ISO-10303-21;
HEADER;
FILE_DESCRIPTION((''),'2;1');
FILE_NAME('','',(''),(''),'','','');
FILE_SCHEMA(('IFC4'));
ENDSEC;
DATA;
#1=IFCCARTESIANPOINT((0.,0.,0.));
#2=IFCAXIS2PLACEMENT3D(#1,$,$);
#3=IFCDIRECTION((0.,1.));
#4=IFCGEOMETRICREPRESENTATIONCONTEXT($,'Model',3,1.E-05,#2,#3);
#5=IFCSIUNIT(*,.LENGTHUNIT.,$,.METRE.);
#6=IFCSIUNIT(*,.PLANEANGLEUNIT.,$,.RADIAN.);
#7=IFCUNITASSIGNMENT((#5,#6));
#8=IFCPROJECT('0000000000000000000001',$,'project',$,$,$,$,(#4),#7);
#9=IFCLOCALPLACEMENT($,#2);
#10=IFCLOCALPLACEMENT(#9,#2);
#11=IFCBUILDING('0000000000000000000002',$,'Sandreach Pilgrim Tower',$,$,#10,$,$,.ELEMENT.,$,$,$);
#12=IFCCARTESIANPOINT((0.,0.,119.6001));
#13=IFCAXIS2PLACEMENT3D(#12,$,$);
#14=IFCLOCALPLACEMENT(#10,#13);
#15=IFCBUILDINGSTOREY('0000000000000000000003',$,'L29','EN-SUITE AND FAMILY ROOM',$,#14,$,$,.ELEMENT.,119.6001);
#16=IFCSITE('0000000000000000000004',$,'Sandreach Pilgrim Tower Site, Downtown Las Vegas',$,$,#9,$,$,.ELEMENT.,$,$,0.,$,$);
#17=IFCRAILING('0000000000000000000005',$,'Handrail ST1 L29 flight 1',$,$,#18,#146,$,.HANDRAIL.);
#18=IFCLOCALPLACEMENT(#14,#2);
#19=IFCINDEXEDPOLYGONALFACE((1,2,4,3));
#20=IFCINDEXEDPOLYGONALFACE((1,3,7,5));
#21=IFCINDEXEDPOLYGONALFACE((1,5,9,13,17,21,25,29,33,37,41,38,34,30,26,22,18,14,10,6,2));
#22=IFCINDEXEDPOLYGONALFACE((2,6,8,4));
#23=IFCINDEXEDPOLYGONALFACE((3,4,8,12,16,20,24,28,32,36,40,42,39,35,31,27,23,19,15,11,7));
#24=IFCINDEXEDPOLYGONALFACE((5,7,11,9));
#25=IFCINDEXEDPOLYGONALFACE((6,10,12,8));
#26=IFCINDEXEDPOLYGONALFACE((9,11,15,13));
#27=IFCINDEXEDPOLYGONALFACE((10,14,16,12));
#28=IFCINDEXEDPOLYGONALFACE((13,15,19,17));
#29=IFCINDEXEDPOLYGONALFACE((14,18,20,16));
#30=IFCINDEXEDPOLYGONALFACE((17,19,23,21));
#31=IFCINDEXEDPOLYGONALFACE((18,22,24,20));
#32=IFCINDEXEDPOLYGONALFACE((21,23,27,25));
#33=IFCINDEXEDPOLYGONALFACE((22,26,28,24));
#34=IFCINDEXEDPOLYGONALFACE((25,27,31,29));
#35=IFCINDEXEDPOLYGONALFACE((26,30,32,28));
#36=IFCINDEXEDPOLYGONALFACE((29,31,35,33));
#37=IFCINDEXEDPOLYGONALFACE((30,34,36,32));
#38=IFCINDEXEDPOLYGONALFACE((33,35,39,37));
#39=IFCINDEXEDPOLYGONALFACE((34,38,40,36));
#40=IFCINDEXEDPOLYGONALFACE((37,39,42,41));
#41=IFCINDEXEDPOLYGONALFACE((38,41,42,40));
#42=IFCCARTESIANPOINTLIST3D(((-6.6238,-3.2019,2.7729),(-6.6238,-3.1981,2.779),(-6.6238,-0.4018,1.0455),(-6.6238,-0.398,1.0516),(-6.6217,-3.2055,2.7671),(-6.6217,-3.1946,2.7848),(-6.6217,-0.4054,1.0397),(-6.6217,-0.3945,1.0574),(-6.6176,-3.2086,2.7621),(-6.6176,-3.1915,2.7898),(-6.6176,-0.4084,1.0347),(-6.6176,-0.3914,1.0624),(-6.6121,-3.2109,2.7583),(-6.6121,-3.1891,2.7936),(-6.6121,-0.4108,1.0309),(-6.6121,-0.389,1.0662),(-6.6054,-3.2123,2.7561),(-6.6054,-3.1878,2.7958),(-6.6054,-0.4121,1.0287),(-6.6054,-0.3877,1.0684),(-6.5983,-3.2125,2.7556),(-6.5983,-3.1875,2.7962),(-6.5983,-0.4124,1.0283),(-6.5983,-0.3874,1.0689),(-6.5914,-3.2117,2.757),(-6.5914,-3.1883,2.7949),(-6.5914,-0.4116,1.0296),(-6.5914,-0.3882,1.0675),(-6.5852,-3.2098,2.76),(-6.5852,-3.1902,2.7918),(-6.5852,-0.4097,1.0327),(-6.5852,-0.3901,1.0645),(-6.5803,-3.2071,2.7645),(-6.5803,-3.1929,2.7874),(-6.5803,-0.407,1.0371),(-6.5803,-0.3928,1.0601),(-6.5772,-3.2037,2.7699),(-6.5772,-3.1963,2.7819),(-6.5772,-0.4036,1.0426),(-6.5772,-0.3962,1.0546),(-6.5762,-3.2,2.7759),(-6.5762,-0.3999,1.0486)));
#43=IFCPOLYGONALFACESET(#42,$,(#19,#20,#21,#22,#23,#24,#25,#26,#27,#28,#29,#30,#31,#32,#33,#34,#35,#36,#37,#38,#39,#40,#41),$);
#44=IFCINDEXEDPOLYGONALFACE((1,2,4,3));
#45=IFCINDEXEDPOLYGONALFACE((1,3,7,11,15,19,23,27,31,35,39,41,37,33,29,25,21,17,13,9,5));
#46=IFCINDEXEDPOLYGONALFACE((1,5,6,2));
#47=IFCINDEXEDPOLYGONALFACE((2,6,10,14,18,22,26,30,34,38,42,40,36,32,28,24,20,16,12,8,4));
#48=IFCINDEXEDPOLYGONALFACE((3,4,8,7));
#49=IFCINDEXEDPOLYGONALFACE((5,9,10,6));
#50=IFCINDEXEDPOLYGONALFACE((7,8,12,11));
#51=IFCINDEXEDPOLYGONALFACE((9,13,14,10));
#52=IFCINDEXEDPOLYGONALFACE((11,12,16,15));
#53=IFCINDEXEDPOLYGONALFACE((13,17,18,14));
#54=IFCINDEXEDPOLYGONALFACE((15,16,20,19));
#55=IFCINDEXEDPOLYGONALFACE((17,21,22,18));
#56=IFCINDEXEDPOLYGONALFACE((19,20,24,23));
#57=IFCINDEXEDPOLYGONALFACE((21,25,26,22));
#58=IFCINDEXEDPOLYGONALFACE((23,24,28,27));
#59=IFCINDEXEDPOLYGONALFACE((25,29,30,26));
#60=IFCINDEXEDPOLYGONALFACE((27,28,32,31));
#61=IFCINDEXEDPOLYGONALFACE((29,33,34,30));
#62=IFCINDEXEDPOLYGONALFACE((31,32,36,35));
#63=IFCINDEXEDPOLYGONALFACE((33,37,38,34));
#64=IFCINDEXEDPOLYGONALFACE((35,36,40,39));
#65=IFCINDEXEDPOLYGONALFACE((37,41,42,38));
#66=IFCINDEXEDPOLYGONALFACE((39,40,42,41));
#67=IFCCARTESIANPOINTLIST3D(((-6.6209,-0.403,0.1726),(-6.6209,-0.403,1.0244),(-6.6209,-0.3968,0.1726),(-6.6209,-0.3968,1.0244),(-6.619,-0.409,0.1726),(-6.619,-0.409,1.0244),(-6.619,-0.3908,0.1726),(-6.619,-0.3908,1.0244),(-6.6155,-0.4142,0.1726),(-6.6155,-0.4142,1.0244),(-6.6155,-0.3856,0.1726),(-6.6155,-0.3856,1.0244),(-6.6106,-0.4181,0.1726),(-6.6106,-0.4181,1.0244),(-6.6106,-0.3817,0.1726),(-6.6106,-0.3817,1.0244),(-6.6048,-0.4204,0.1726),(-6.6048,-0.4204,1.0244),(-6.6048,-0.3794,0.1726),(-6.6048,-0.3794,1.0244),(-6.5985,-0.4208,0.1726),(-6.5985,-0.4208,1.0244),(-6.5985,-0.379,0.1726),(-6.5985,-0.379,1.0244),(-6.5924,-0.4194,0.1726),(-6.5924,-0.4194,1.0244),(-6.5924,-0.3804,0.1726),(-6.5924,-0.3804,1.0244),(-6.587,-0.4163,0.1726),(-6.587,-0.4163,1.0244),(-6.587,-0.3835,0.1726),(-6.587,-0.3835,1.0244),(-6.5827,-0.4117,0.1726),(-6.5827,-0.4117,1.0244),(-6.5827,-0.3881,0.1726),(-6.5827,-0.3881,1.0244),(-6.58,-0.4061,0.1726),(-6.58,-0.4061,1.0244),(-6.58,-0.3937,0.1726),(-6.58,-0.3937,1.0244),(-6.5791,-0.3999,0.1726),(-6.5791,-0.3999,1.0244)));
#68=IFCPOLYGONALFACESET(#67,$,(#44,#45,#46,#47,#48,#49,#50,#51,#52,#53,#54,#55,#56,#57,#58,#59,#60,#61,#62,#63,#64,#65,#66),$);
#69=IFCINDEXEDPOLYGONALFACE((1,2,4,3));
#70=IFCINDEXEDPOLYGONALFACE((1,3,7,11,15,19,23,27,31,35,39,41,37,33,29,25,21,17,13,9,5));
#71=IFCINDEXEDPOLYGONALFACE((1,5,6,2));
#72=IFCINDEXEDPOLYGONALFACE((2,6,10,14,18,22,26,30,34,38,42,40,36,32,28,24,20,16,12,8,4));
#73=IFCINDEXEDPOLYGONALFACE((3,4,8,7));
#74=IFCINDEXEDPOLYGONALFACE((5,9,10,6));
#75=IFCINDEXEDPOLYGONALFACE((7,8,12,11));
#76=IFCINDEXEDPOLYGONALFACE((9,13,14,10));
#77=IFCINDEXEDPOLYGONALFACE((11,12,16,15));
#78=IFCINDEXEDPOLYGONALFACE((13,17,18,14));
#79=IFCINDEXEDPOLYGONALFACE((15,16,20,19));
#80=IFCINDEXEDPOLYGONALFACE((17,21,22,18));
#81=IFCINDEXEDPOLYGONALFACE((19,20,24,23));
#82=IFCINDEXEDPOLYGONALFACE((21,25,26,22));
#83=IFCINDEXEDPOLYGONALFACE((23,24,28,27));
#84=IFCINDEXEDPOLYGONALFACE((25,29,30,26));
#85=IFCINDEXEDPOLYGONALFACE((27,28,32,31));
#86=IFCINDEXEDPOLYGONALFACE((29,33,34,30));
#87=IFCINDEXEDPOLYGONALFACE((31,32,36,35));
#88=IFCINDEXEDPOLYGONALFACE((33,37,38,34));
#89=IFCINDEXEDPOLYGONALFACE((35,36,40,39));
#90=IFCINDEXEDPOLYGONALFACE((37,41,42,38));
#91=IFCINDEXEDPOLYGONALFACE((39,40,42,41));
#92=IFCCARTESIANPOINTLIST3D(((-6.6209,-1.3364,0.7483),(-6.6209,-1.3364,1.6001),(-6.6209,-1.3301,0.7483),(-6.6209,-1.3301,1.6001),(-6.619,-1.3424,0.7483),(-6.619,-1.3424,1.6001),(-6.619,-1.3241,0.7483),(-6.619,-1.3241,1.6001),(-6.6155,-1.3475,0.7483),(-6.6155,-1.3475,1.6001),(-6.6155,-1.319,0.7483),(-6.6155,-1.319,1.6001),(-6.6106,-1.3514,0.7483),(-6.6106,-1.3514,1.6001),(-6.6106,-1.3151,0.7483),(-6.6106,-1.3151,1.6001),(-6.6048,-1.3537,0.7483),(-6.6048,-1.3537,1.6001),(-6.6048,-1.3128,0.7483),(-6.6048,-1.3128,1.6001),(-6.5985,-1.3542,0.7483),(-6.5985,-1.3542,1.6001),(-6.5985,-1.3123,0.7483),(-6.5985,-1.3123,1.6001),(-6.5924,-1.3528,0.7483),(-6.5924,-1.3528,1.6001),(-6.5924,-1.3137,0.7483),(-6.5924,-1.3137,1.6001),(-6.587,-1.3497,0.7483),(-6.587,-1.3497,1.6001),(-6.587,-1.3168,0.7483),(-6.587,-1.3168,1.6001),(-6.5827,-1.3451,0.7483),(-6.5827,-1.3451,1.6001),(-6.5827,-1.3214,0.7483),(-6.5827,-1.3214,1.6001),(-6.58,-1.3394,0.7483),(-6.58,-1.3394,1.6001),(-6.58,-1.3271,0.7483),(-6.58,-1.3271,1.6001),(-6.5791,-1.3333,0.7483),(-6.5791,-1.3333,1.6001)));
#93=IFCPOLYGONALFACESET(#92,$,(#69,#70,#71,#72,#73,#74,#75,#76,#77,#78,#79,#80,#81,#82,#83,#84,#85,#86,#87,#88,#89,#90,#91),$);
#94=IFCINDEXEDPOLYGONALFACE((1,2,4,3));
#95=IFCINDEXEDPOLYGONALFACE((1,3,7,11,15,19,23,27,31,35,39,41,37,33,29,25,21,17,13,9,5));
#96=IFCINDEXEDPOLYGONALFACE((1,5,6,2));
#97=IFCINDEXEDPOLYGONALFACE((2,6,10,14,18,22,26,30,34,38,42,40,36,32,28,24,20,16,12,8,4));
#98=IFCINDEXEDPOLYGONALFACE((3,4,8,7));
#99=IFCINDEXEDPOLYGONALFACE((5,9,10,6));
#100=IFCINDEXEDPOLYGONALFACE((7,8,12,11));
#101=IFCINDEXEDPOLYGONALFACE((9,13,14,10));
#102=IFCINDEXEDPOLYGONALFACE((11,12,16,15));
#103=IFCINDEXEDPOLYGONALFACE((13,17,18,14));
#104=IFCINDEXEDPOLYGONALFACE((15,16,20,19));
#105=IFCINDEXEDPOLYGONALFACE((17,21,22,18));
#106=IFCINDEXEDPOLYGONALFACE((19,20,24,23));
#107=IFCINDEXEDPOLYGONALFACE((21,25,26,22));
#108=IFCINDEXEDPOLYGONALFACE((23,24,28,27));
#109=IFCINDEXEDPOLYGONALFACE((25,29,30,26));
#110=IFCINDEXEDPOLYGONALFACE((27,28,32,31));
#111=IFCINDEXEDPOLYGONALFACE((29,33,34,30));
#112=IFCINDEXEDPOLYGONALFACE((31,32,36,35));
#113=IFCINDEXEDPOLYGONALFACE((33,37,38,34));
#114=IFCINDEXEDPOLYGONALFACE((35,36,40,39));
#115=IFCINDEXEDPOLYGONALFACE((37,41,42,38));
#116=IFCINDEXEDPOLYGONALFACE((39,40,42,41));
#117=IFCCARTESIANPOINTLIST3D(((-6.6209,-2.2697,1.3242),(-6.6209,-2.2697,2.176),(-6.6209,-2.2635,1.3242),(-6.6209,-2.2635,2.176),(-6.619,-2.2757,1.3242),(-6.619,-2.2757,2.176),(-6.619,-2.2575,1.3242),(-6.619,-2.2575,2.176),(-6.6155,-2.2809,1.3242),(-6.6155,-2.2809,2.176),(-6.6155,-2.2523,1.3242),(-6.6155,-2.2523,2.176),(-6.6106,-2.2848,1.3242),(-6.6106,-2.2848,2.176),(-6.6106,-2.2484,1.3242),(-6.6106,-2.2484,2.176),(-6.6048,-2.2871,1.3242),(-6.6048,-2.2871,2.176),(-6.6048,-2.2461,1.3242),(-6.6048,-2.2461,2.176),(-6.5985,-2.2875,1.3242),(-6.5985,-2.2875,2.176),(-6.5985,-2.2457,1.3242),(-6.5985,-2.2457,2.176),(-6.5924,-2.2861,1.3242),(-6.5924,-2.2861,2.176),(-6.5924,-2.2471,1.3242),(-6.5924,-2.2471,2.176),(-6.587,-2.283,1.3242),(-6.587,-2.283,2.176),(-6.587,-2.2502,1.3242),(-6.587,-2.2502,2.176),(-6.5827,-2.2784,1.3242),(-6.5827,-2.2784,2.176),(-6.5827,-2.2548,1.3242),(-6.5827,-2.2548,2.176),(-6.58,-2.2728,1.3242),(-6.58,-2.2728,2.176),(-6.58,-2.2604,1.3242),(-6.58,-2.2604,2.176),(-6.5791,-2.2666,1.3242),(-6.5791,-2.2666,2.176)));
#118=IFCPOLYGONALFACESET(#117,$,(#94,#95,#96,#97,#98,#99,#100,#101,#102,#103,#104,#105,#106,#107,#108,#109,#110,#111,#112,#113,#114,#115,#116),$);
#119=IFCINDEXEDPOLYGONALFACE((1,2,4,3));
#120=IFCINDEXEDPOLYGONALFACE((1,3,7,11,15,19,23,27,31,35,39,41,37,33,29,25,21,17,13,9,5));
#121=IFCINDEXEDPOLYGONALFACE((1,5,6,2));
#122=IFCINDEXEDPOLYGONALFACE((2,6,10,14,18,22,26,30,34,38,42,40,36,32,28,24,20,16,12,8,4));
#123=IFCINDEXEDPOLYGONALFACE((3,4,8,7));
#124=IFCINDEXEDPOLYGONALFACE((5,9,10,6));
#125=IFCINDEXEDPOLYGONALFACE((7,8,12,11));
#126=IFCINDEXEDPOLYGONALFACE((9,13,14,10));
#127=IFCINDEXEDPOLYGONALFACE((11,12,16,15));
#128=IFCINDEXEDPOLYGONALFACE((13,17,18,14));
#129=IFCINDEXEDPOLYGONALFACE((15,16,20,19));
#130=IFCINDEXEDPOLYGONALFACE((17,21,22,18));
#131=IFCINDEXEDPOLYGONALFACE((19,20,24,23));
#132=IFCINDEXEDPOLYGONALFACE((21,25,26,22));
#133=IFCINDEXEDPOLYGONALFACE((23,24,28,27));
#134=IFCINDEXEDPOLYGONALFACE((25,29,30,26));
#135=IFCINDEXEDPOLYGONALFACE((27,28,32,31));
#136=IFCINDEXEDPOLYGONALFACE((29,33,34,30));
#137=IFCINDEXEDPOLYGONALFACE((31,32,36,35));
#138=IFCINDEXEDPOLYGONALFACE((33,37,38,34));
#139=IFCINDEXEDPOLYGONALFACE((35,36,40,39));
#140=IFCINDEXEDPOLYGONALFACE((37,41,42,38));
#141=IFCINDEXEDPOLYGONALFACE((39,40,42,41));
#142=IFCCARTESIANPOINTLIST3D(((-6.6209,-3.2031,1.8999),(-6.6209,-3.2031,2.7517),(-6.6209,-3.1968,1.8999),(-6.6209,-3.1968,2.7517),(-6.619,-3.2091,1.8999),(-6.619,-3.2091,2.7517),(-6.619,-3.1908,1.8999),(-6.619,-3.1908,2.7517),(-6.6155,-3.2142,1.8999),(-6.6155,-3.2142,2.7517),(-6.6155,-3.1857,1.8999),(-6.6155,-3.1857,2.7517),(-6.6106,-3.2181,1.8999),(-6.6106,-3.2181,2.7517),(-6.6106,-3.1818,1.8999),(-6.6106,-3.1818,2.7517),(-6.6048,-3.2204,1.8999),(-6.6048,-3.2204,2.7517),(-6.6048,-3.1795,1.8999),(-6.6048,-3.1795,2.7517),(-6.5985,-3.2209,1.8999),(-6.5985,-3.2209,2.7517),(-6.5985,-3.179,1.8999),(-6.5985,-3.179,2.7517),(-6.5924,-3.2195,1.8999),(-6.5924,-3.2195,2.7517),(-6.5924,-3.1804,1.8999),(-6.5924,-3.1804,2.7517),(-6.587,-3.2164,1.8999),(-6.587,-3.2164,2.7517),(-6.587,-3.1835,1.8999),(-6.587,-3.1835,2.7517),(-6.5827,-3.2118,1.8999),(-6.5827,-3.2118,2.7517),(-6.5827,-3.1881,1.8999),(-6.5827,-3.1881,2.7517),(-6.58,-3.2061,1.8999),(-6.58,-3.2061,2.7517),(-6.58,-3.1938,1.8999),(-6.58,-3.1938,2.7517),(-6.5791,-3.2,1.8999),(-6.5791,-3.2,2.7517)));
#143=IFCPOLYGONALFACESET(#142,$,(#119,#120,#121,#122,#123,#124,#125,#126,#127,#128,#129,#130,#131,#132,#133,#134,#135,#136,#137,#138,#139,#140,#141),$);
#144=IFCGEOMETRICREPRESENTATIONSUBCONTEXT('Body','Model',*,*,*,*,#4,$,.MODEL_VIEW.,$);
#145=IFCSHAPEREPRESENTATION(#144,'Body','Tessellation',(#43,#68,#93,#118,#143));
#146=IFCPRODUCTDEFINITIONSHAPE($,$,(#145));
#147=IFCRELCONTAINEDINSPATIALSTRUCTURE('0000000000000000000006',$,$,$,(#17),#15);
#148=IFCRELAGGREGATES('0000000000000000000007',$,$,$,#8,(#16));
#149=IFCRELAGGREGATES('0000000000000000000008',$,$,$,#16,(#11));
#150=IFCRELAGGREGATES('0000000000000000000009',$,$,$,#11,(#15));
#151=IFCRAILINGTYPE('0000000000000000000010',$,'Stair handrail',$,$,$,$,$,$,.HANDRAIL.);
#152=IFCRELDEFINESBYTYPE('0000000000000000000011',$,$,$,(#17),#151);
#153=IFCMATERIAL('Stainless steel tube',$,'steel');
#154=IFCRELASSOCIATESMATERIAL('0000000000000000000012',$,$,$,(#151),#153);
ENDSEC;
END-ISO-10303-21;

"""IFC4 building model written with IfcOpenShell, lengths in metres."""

from ifc_helpers import new_model, si_unit, direction, frame, origin, origin_2d, place, context, subcontext, project, spatial, circle, extrude, material, type_object, element, save


model = new_model("IFC4")

# Units and contexts
model_context = context("Model", 3, precision=1e-05, world=origin(), true_north=direction((0.0, 1.0)))
body_context = subcontext(model_context, "Body", "Model", "MODEL_VIEW")
ifc_project = project(units=[si_unit("LENGTHUNIT", "METRE"), si_unit("PLANEANGLEUNIT", "RADIAN")], contexts=[model_context])

# Site, building, storey
site_placement = place(None, origin())
site = spatial("IfcSite", under=ifc_project, at=site_placement, Name="Sandreach Pilgrim Tower Site, Downtown Las Vegas", CompositionType="ELEMENT", RefElevation=0.0)
building_placement = place(site_placement, origin())
building = spatial("IfcBuilding", under=site, at=building_placement, Name="Sandreach Pilgrim Tower", CompositionType="ELEMENT")
storey_placement = place(building_placement, frame((0.0, 0.0, 119.6001)))
storey = spatial("IfcBuildingStorey", under=building, at=storey_placement, Name="L29", Description="EN-SUITE AND FAMILY ROOM", CompositionType="ELEMENT", Elevation=119.6001)

# Railing
ifc_material_1 = material(Name="Stainless steel tube", Category="steel")
railing_type = type_object("IfcRailingType", Name="Stair handrail", PredefinedType="HANDRAIL", material=ifc_material_1)
railing_placement = place(storey_placement, frame((-6.6001, -0.3999, 0.1726)))
element("IfcRailing", 1, at=railing_placement, inside=storey, type_object=railing_type, Name="Handrail ST1 L29 flight 1", PredefinedType="HANDRAIL", context=body_context, shape_type="SweptSolid", body=[
    extrude(circle(Radius=0.0239, at=origin_2d()), frame((0.0, 0.0, 0.876), z_axis=(0.0, -0.85109, 0.52502), x_axis=(1.0, 0.0, 0.0)), (0.0, 0.0, 1.0), 3.29),
    extrude(circle(Radius=0.021, at=origin_2d()), origin(), (0.0, 0.0, 1.0), 0.8518),
    extrude(circle(Radius=0.021, at=origin_2d()), frame((0.0, -0.9333, 0.5757)), (0.0, 0.0, 1.0), 0.8518),
    extrude(circle(Radius=0.021, at=origin_2d()), frame((0.0, -1.8667, 1.1516)), (0.0, 0.0, 1.0), 0.8518),
    extrude(circle(Radius=0.021, at=origin_2d()), frame((0.0, -2.8, 1.7273)), (0.0, 0.0, 1.0), 0.8518),
])

save(model, "model.ifc")
